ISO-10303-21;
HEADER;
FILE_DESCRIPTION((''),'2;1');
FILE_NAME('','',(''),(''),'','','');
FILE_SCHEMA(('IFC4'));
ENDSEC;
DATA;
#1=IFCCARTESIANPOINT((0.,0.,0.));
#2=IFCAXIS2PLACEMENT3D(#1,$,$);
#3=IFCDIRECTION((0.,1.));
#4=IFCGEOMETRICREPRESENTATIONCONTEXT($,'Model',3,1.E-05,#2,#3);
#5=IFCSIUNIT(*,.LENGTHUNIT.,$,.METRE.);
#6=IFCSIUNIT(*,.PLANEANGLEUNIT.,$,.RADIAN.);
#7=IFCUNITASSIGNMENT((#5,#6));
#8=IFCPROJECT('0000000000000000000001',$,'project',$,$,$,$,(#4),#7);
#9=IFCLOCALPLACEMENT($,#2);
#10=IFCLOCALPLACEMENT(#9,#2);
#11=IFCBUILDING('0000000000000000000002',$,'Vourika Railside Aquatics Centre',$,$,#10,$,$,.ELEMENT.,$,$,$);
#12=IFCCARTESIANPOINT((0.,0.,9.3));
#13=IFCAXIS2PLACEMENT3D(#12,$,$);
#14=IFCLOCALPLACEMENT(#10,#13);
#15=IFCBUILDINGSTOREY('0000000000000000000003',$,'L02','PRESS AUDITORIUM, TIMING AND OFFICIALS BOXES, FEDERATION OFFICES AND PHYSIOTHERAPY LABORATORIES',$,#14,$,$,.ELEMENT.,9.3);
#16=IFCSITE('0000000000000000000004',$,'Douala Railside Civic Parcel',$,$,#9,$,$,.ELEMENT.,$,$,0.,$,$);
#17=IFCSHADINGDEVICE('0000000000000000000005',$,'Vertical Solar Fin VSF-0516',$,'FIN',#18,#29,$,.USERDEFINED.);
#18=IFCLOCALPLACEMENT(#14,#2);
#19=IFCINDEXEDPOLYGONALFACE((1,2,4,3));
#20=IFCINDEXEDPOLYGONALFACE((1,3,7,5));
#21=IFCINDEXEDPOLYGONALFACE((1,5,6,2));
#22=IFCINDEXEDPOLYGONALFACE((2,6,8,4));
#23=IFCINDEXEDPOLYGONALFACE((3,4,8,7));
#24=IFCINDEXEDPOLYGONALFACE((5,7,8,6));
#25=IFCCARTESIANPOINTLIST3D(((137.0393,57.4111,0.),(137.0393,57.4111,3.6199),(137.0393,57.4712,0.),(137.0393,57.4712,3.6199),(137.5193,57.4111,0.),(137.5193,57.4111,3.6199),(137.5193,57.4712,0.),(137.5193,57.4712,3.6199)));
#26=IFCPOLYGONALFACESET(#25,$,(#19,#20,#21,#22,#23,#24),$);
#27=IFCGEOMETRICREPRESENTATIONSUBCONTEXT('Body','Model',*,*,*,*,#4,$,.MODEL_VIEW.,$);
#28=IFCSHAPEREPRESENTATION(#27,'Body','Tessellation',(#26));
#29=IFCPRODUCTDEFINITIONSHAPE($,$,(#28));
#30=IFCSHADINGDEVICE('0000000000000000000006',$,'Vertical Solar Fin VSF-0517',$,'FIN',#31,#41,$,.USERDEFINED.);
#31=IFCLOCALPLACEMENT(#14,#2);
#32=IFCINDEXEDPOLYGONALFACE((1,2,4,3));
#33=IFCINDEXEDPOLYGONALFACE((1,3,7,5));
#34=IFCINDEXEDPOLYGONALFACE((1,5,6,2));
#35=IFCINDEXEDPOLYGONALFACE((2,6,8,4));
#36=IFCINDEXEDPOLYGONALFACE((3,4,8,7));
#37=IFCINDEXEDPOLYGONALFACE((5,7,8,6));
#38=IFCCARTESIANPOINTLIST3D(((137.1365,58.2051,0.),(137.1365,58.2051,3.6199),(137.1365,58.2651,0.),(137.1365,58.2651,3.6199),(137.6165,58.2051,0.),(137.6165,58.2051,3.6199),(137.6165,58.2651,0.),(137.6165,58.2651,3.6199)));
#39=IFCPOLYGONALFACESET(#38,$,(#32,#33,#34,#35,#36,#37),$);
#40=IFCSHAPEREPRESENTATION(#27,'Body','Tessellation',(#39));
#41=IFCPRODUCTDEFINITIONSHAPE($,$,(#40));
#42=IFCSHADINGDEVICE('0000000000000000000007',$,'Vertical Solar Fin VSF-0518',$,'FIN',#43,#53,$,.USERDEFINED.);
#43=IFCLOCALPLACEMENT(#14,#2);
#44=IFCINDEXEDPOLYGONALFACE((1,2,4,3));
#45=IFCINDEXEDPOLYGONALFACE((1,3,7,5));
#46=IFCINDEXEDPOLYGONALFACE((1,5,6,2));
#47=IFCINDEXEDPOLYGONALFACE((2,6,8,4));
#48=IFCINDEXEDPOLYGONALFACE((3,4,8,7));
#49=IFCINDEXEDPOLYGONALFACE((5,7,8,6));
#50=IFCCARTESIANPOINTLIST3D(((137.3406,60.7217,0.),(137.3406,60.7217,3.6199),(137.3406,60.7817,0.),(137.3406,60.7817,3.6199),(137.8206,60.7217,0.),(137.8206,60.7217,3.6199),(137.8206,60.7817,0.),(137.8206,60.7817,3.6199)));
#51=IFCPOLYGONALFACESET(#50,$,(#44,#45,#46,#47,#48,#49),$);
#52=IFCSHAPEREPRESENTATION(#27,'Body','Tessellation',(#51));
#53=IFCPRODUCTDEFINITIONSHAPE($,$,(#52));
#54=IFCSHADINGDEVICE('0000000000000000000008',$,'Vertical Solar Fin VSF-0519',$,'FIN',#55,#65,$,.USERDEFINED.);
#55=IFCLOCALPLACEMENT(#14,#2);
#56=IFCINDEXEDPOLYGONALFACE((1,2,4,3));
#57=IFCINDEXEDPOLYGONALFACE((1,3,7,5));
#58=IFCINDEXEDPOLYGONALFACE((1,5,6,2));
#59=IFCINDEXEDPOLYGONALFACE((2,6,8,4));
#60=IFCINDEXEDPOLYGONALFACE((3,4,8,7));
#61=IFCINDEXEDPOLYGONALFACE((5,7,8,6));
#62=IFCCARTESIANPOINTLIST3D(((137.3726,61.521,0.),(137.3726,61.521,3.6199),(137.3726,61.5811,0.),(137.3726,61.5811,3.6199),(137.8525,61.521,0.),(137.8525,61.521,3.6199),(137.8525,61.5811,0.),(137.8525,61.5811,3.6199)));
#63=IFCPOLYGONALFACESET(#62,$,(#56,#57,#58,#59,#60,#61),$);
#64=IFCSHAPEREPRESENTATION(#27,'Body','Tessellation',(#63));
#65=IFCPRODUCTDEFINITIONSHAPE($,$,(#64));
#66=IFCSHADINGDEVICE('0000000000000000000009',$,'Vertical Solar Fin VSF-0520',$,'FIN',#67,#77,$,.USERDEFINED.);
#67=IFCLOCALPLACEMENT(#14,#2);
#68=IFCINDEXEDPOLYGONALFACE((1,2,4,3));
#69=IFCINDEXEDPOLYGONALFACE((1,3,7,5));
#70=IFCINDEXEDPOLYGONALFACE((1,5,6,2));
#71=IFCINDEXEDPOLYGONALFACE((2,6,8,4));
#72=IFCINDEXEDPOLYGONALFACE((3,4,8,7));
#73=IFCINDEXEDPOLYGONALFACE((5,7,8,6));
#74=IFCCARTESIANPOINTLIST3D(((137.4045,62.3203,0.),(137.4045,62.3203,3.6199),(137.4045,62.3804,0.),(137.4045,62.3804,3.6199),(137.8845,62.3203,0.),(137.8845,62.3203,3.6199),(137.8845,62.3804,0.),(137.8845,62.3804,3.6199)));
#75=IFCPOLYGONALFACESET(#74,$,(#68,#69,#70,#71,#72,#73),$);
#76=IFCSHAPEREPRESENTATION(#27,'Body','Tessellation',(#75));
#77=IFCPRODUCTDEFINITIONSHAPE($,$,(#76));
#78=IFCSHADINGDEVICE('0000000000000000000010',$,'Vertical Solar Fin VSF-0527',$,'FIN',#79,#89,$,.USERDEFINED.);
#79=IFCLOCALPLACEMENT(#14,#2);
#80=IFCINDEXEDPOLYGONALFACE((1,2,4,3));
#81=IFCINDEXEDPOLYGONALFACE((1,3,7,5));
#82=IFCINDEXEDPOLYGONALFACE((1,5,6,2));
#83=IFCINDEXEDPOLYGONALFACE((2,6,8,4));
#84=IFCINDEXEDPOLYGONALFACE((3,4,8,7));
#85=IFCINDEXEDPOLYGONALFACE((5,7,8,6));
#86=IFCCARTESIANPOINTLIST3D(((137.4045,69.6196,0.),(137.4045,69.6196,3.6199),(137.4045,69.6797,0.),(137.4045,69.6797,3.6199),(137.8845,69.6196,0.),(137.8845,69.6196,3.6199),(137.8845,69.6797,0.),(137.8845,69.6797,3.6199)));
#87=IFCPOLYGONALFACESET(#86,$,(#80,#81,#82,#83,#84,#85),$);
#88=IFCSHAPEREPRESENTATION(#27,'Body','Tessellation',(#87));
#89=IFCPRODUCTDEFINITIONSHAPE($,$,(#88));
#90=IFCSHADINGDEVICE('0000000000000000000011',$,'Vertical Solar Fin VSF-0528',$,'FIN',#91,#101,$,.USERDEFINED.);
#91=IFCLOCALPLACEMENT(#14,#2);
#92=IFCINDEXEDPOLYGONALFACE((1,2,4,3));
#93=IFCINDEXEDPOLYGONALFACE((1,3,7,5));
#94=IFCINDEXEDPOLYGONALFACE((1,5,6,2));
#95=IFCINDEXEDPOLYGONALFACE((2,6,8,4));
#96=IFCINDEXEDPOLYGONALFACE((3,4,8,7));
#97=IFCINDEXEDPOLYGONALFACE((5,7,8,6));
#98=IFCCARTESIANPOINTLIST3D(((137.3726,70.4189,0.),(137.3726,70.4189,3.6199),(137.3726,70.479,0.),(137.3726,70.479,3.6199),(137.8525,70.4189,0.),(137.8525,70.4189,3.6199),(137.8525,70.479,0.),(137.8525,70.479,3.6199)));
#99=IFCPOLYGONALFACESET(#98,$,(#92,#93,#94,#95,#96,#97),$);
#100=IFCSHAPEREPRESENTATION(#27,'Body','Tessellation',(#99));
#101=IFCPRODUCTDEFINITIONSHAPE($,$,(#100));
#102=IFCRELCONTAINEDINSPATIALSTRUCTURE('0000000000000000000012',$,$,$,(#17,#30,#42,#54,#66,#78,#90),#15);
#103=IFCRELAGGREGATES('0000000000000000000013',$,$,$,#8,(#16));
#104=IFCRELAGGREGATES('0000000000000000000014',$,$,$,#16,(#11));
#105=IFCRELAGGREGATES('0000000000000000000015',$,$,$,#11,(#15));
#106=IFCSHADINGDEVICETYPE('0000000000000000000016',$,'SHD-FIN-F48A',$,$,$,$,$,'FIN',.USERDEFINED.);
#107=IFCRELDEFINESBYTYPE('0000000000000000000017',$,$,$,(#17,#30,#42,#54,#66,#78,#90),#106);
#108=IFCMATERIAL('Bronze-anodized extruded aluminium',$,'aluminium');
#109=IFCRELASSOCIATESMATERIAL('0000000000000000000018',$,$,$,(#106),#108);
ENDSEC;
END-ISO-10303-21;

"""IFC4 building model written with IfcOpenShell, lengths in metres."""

from ifc_helpers import new_model, si_unit, direction, frame, origin, origin_2d, place, context, subcontext, project, spatial, rectangle, extrude, material, material_profile, profile_set, type_object, element, save


model = new_model("IFC4")

# Units and contexts
model_context = context("Model", 3, precision=1e-05, world=origin(), true_north=direction((0.0, 1.0)))
body_context = subcontext(model_context, "Body", "Model", "MODEL_VIEW")
ifc_project = project(units=[si_unit("LENGTHUNIT", "METRE"), si_unit("PLANEANGLEUNIT", "RADIAN")], contexts=[model_context])

# Site, building, storey
site_placement = place(None, origin())
site = spatial("IfcSite", under=ifc_project, at=site_placement, Name="Douala Railside Civic Parcel", CompositionType="ELEMENT", RefElevation=0.0)
building_placement = place(site_placement, origin())
building = spatial("IfcBuilding", under=site, at=building_placement, Name="Vourika Railside Aquatics Centre", CompositionType="ELEMENT")
storey_placement = place(building_placement, frame((0.0, 0.0, 9.3)))
storey = spatial("IfcBuildingStorey", under=building, at=storey_placement, Name="L02", Description="PRESS AUDITORIUM, TIMING AND OFFICIALS BOXES, FEDERATION OFFICES AND PHYSIOTHERAPY LABORATORIES", CompositionType="ELEMENT", Elevation=9.3)

# Shading devices
ifc_material_1 = material(Name="Bronze-anodized extruded aluminium", Category="aluminium")
ifc_material_profile_1 = material_profile(ifc_material_1, rectangle(XDim=0.0601, YDim=0.48, at=origin_2d()), Name="ALU-FIN 60x480")
ifc_profile_set_1 = profile_set([ifc_material_profile_1], Name="Bronze-anodized extruded aluminium")
shading_device_type = type_object("IfcShadingDeviceType", Name="SHD-FIN-F48A", ElementType="FIN", PredefinedType="USERDEFINED", material=ifc_profile_set_1)
for number, where, z_axis, x_axis, name in (
    (1, (137.2793, 57.4412, 0.0), (0.0, 0.0, 1.0), (0.0, 1.0, 0.0), "Vertical Solar Fin VSF-0516"),
    (2, (137.3765, 58.2351, 0.0), (0.0, 0.0, 1.0), (0.0, 1.0, 0.0), "Vertical Solar Fin VSF-0517"),
    (3, (137.5806, 60.7517, 0.0), (0.0, 0.0, 1.0), (0.0, 1.0, 0.0), "Vertical Solar Fin VSF-0518"),
    (4, (137.6125, 61.551, 0.0), (0.0, 0.0, 1.0), (0.0, 1.0, 0.0), "Vertical Solar Fin VSF-0519"),
    (5, (137.6445, 62.3503, 0.0), (0.0, 0.0, 1.0), (0.0, 1.0, 0.0), "Vertical Solar Fin VSF-0520"),
    (6, (137.6445, 69.6497, 0.0), (0.0, 0.0, 1.0), (0.0, 1.0, 0.0), "Vertical Solar Fin VSF-0527"),
    (7, (137.6125, 70.449, 0.0), (0.0, 0.0, 1.0), (0.0, 1.0, 0.0), "Vertical Solar Fin VSF-0528"),
):
    element("IfcShadingDevice", number, at=place(storey_placement, frame(where, z_axis=z_axis, x_axis=x_axis)), inside=storey, type_object=shading_device_type, Name=name, ObjectType="FIN", PredefinedType="USERDEFINED", context=body_context, shape_type="SweptSolid", body=[
        extrude(rectangle(XDim=0.0601, YDim=0.48, at=origin_2d()), origin(), (0.0, 0.0, 1.0), 3.6199),
    ])

save(model, "model.ifc")
